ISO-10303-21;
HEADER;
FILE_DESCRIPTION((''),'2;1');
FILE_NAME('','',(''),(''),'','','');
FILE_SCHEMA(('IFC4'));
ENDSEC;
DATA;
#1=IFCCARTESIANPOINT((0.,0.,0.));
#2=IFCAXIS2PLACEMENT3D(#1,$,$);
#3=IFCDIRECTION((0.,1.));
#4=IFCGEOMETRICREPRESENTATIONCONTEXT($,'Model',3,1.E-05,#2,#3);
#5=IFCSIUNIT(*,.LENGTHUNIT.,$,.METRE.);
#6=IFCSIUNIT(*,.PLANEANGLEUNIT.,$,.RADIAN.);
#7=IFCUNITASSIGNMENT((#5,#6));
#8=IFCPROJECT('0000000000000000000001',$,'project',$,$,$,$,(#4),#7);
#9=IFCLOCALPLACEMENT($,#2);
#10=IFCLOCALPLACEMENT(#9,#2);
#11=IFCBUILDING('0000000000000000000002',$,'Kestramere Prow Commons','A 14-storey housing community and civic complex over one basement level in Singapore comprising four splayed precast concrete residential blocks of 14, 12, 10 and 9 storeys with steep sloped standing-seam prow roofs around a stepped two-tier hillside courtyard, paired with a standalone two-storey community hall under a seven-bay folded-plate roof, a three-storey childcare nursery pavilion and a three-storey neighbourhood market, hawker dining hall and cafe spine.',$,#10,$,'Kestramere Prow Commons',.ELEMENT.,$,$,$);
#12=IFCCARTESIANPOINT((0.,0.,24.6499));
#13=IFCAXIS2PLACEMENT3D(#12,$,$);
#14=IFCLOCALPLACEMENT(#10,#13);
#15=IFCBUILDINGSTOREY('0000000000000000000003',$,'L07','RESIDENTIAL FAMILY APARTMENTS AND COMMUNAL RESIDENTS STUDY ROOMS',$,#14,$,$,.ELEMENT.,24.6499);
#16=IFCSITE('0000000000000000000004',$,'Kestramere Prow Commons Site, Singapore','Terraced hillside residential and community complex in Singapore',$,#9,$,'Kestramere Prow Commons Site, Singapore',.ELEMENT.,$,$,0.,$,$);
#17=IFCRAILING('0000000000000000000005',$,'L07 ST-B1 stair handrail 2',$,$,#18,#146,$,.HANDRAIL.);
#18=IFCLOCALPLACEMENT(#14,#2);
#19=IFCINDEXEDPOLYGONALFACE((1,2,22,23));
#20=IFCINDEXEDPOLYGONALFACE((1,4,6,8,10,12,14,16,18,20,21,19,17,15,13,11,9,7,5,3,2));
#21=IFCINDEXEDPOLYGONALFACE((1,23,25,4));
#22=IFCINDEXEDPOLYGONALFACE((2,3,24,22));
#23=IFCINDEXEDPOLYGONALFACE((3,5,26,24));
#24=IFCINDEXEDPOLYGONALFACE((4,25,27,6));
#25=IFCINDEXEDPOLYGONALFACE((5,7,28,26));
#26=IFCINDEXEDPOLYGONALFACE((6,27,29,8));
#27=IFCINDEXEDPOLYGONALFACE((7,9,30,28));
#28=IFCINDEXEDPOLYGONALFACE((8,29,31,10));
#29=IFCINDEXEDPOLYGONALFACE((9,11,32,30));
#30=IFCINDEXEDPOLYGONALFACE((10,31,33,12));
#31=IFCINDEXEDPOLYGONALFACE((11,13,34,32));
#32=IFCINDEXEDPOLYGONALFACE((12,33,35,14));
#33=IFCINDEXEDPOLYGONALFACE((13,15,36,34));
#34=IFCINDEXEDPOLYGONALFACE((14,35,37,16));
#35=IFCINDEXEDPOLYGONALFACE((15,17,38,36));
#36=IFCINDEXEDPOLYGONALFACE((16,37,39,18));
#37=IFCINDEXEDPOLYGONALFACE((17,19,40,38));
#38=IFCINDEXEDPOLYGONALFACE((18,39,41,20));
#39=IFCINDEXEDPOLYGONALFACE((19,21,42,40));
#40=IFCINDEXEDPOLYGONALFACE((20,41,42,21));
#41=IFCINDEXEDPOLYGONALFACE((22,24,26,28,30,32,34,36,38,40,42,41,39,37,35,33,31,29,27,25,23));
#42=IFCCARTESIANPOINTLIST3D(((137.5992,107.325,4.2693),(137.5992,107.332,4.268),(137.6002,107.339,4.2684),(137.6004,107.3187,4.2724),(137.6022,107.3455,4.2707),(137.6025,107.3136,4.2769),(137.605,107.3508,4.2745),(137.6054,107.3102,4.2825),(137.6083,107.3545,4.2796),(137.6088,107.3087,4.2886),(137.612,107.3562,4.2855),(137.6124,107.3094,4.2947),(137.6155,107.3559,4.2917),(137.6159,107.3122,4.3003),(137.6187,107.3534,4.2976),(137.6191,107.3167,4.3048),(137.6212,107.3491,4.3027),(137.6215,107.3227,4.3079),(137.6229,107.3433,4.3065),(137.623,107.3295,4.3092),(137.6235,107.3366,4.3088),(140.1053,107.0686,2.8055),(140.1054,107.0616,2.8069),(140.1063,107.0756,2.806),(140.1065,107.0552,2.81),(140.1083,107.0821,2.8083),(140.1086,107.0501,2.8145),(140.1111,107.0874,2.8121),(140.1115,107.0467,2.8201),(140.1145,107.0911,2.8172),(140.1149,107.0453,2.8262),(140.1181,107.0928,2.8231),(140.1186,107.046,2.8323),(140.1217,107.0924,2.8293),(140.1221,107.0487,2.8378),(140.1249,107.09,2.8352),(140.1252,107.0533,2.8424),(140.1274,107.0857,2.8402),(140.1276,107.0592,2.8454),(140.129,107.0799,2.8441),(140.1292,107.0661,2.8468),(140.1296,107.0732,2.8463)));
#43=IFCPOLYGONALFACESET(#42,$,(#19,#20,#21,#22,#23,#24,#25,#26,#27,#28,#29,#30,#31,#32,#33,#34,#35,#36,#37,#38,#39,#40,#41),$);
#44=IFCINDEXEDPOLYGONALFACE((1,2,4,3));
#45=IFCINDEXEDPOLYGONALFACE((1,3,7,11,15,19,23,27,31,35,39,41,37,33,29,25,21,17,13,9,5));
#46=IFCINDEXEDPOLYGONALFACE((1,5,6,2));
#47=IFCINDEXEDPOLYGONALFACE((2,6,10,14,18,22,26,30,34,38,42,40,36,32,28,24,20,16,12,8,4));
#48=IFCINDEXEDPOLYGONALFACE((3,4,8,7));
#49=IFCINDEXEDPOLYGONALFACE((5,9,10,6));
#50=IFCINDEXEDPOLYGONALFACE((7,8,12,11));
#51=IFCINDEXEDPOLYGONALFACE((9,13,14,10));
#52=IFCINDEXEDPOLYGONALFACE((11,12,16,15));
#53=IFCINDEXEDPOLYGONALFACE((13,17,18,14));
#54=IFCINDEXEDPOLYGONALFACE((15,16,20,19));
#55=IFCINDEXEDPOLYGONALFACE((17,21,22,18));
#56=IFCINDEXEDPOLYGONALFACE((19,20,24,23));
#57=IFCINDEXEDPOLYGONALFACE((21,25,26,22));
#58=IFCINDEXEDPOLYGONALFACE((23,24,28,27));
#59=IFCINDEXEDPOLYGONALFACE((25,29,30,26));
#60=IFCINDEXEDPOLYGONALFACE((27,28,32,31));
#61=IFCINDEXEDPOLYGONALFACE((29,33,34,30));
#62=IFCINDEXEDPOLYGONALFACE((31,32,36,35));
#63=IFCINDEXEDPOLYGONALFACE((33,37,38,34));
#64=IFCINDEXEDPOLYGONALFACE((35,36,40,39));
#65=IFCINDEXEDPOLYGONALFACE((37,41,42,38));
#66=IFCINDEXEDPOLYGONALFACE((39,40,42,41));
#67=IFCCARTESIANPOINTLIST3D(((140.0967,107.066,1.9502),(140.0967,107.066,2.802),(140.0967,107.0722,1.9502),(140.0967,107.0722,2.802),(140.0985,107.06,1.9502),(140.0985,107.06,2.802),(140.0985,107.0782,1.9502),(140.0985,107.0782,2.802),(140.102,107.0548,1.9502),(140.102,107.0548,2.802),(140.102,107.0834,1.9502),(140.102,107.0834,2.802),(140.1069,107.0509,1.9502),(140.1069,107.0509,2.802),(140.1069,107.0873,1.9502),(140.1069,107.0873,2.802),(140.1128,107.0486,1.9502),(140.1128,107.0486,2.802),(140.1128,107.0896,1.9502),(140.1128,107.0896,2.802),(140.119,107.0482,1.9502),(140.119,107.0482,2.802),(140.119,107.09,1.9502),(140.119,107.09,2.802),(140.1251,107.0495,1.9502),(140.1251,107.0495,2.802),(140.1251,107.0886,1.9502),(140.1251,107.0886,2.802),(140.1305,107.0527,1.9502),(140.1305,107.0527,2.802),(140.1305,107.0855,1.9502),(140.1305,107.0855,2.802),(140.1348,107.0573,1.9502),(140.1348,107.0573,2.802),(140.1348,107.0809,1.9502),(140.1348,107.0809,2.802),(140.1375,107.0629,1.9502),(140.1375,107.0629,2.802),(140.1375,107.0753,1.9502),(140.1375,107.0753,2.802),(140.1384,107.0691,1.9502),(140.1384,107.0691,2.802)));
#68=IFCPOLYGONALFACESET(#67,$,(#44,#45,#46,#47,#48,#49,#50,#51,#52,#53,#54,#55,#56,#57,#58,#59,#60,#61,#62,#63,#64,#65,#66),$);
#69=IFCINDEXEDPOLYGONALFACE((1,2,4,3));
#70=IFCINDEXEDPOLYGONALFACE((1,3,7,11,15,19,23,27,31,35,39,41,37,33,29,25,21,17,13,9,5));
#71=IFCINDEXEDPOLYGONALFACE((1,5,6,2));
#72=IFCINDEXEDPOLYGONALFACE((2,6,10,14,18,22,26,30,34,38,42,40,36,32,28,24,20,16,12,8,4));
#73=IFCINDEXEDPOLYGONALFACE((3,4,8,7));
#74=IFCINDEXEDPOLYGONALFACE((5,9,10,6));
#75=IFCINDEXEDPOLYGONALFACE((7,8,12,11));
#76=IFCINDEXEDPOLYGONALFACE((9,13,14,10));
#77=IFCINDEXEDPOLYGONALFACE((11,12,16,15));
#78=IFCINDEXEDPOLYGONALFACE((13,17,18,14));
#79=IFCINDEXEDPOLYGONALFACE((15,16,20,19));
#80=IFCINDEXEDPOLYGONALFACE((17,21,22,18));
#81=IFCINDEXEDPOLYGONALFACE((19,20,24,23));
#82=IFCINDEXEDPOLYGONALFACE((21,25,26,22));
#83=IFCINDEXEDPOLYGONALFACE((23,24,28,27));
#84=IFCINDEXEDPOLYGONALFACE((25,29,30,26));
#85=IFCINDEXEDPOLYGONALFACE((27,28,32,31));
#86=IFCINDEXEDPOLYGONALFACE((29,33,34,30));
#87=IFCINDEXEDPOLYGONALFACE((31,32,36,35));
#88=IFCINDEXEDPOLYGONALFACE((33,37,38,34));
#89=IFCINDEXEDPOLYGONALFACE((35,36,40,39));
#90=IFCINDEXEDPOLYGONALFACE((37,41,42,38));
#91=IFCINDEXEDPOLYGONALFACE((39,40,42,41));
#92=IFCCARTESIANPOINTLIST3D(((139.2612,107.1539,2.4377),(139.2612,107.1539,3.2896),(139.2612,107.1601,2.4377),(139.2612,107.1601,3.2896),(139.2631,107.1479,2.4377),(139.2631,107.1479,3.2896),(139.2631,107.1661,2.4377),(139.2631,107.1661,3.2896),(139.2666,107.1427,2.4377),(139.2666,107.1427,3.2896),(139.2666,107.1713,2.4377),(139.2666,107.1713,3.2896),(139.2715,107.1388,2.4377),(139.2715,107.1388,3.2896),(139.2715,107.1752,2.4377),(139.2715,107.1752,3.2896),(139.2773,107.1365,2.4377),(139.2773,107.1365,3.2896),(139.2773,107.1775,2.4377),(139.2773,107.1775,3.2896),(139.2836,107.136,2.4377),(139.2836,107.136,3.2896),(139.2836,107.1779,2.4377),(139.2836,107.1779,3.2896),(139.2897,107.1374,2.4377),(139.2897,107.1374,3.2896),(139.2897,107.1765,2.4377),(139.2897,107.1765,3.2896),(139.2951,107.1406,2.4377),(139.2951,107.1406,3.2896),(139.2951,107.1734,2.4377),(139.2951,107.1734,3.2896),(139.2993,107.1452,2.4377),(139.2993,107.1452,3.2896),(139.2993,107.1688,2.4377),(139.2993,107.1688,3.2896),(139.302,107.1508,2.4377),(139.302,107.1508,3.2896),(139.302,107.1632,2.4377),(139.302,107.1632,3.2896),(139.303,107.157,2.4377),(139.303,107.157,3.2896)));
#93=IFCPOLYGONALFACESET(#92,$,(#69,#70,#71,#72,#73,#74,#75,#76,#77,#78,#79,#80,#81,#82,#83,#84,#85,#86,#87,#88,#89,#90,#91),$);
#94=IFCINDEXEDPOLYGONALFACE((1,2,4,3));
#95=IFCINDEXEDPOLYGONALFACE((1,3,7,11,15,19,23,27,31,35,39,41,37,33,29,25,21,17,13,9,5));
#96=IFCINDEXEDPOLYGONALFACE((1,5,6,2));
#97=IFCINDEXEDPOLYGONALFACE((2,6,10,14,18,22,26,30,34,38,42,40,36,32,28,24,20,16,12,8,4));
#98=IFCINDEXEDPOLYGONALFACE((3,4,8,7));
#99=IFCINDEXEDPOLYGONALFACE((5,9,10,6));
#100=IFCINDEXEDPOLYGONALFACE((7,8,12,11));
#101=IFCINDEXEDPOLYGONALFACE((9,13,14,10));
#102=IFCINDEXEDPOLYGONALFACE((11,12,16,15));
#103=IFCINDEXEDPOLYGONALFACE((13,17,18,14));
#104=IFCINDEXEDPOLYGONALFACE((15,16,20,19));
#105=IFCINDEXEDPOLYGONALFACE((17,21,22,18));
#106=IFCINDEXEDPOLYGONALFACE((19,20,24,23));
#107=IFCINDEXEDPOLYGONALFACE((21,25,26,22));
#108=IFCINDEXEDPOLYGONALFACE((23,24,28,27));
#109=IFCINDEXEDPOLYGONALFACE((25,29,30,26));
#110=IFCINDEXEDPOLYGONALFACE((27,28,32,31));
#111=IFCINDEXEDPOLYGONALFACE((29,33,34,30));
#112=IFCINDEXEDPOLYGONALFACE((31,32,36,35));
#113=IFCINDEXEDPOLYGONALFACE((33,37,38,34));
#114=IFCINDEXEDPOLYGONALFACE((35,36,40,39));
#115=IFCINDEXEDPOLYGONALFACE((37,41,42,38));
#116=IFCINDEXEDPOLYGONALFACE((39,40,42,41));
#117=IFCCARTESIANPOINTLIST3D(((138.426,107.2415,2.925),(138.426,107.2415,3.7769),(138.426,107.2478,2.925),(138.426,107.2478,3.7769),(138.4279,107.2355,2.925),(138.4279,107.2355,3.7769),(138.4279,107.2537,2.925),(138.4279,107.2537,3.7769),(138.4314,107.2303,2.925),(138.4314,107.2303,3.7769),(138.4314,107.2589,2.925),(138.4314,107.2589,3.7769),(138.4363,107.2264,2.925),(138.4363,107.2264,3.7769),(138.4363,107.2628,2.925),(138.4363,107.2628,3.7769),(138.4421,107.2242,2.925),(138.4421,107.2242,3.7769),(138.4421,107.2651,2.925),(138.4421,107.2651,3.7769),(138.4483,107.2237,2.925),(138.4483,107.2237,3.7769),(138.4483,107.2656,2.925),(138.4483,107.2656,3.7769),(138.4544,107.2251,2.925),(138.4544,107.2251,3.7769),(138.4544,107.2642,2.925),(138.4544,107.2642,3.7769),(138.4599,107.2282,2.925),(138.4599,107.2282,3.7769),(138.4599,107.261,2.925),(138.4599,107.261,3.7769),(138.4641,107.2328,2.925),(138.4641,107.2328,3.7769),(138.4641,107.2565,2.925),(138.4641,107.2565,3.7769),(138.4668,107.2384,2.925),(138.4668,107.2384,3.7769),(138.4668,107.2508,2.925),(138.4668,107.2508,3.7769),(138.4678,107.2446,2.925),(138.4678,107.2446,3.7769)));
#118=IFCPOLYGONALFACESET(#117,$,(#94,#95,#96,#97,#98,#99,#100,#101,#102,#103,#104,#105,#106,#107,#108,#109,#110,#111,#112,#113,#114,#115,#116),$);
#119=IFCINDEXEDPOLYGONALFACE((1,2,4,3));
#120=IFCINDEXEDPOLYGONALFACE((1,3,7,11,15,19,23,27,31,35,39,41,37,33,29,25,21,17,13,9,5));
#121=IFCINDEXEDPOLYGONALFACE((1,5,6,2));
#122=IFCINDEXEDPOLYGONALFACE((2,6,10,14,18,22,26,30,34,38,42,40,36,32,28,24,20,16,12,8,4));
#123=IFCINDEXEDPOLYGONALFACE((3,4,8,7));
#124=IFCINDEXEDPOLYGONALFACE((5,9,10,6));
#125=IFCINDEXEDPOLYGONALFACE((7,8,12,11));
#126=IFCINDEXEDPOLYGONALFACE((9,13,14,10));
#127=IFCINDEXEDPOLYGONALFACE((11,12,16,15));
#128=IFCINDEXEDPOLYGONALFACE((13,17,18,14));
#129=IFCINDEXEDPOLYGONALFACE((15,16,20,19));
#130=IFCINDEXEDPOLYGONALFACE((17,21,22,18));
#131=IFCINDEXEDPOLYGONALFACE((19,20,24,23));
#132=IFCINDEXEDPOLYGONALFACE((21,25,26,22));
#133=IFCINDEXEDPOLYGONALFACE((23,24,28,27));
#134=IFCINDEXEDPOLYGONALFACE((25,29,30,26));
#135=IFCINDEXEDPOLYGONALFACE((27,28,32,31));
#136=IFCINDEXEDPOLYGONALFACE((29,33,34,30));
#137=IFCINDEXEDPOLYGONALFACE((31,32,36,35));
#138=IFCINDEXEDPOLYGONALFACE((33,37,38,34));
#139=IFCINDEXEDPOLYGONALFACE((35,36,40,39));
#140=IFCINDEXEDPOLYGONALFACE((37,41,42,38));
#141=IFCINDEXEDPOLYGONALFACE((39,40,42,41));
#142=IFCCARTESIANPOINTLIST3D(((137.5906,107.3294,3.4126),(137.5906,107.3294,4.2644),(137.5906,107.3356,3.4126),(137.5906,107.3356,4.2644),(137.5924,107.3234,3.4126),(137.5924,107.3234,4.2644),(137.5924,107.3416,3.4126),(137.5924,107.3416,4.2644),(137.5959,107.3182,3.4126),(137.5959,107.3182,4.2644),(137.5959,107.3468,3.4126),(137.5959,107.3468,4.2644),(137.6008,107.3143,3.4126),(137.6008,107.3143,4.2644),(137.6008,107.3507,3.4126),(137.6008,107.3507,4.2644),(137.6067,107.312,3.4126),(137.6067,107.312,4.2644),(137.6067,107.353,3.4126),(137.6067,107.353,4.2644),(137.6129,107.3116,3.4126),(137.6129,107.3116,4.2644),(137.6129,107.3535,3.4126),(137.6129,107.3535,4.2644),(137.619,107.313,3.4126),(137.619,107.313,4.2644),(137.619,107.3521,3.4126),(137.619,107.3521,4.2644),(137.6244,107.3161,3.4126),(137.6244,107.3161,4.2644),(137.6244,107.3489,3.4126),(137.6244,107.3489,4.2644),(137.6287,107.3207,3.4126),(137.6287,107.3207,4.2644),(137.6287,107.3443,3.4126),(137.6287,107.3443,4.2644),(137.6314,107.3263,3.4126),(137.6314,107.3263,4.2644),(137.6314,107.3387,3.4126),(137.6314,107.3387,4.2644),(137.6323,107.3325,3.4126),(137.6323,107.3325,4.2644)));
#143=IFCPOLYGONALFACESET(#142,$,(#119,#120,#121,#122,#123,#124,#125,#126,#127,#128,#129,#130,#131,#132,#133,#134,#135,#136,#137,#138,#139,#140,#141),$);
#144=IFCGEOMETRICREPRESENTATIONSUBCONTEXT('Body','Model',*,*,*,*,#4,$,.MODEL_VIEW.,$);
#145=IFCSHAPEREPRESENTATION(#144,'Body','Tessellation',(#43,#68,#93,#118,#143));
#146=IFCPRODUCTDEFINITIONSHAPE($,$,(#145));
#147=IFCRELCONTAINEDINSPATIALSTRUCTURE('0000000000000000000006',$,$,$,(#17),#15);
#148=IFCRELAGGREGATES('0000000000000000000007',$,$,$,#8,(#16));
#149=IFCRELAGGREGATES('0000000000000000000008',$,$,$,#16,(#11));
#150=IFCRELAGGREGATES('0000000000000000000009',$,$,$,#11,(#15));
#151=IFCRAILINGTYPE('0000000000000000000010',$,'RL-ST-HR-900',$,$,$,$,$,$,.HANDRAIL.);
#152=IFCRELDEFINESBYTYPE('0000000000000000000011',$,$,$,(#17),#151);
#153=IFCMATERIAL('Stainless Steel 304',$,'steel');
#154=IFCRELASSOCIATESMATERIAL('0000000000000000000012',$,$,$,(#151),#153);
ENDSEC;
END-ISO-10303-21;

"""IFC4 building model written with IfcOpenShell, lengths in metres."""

from ifc_helpers import new_model, si_unit, direction, frame, origin, origin_2d, place, context, subcontext, project, spatial, circle, extrude, material, type_object, element, save


model = new_model("IFC4")

# Units and contexts
model_context = context("Model", 3, precision=1e-05, world=origin(), true_north=direction((0.0, 1.0)))
body_context = subcontext(model_context, "Body", "Model", "MODEL_VIEW")
ifc_project = project(units=[si_unit("LENGTHUNIT", "METRE"), si_unit("PLANEANGLEUNIT", "RADIAN")], contexts=[model_context])

# Site, building, storey
site_placement = place(None, origin())
site = spatial("IfcSite", under=ifc_project, at=site_placement, Name="Kestramere Prow Commons Site, Singapore", Description="Terraced hillside residential and community complex in Singapore", LongName="Kestramere Prow Commons Site, Singapore", CompositionType="ELEMENT", RefElevation=0.0)
building_placement = place(site_placement, origin())
building = spatial("IfcBuilding", under=site, at=building_placement, Name="Kestramere Prow Commons", Description="A 14-storey housing community and civic complex over one basement level in Singapore comprising four splayed precast concrete residential blocks of 14, 12, 10 and 9 storeys with steep sloped standing-seam prow roofs around a stepped two-tier hillside courtyard, paired with a standalone two-storey community hall under a seven-bay folded-plate roof, a three-storey childcare nursery pavilion and a three-storey neighbourhood market, hawker dining hall and cafe spine.", LongName="Kestramere Prow Commons", CompositionType="ELEMENT")
storey_placement = place(building_placement, frame((0.0, 0.0, 24.6499)))
storey = spatial("IfcBuildingStorey", under=building, at=storey_placement, Name="L07", Description="RESIDENTIAL FAMILY APARTMENTS AND COMMUNAL RESIDENTS STUDY ROOMS", CompositionType="ELEMENT", Elevation=24.6499)

# Railing
ifc_material_1 = material(Name="Stainless Steel 304", Category="steel")
railing_type_1 = type_object("IfcRailingType", Name="RL-ST-HR-900", PredefinedType="HANDRAIL", material=ifc_material_1)
railing_1_placement = place(storey_placement, frame((140.1174, 107.0691, 1.9502)))
element("IfcRailing", 1, at=railing_1_placement, inside=storey, type_object=railing_type_1, Name="L07 ST-B1 stair handrail 2", PredefinedType="HANDRAIL", context=body_context, shape_type="SweptSolid", body=[
    extrude(circle(Radius=0.0239, at=origin_2d()), frame((0.0, 0.0, 0.876), z_axis=(-0.860165, 0.090416, 0.501937), x_axis=(-0.104539, -0.994521, 0.0)), (0.0, 0.0, 1.0), 2.9136),
    extrude(circle(Radius=0.021, at=origin_2d()), origin(), (0.0, 0.0, 1.0), 0.8518),
    extrude(circle(Radius=0.021, at=origin_2d()), frame((-0.8354, 0.0879, 0.4875)), (0.0, 0.0, 1.0), 0.8518),
    extrude(circle(Radius=0.021, at=origin_2d()), frame((-1.6707, 0.1755, 0.9749)), (0.0, 0.0, 1.0), 0.8518),
    extrude(circle(Radius=0.021, at=origin_2d()), frame((-2.5061, 0.2634, 1.4624)), (0.0, 0.0, 1.0), 0.8518),
])

save(model, "model.ifc")
